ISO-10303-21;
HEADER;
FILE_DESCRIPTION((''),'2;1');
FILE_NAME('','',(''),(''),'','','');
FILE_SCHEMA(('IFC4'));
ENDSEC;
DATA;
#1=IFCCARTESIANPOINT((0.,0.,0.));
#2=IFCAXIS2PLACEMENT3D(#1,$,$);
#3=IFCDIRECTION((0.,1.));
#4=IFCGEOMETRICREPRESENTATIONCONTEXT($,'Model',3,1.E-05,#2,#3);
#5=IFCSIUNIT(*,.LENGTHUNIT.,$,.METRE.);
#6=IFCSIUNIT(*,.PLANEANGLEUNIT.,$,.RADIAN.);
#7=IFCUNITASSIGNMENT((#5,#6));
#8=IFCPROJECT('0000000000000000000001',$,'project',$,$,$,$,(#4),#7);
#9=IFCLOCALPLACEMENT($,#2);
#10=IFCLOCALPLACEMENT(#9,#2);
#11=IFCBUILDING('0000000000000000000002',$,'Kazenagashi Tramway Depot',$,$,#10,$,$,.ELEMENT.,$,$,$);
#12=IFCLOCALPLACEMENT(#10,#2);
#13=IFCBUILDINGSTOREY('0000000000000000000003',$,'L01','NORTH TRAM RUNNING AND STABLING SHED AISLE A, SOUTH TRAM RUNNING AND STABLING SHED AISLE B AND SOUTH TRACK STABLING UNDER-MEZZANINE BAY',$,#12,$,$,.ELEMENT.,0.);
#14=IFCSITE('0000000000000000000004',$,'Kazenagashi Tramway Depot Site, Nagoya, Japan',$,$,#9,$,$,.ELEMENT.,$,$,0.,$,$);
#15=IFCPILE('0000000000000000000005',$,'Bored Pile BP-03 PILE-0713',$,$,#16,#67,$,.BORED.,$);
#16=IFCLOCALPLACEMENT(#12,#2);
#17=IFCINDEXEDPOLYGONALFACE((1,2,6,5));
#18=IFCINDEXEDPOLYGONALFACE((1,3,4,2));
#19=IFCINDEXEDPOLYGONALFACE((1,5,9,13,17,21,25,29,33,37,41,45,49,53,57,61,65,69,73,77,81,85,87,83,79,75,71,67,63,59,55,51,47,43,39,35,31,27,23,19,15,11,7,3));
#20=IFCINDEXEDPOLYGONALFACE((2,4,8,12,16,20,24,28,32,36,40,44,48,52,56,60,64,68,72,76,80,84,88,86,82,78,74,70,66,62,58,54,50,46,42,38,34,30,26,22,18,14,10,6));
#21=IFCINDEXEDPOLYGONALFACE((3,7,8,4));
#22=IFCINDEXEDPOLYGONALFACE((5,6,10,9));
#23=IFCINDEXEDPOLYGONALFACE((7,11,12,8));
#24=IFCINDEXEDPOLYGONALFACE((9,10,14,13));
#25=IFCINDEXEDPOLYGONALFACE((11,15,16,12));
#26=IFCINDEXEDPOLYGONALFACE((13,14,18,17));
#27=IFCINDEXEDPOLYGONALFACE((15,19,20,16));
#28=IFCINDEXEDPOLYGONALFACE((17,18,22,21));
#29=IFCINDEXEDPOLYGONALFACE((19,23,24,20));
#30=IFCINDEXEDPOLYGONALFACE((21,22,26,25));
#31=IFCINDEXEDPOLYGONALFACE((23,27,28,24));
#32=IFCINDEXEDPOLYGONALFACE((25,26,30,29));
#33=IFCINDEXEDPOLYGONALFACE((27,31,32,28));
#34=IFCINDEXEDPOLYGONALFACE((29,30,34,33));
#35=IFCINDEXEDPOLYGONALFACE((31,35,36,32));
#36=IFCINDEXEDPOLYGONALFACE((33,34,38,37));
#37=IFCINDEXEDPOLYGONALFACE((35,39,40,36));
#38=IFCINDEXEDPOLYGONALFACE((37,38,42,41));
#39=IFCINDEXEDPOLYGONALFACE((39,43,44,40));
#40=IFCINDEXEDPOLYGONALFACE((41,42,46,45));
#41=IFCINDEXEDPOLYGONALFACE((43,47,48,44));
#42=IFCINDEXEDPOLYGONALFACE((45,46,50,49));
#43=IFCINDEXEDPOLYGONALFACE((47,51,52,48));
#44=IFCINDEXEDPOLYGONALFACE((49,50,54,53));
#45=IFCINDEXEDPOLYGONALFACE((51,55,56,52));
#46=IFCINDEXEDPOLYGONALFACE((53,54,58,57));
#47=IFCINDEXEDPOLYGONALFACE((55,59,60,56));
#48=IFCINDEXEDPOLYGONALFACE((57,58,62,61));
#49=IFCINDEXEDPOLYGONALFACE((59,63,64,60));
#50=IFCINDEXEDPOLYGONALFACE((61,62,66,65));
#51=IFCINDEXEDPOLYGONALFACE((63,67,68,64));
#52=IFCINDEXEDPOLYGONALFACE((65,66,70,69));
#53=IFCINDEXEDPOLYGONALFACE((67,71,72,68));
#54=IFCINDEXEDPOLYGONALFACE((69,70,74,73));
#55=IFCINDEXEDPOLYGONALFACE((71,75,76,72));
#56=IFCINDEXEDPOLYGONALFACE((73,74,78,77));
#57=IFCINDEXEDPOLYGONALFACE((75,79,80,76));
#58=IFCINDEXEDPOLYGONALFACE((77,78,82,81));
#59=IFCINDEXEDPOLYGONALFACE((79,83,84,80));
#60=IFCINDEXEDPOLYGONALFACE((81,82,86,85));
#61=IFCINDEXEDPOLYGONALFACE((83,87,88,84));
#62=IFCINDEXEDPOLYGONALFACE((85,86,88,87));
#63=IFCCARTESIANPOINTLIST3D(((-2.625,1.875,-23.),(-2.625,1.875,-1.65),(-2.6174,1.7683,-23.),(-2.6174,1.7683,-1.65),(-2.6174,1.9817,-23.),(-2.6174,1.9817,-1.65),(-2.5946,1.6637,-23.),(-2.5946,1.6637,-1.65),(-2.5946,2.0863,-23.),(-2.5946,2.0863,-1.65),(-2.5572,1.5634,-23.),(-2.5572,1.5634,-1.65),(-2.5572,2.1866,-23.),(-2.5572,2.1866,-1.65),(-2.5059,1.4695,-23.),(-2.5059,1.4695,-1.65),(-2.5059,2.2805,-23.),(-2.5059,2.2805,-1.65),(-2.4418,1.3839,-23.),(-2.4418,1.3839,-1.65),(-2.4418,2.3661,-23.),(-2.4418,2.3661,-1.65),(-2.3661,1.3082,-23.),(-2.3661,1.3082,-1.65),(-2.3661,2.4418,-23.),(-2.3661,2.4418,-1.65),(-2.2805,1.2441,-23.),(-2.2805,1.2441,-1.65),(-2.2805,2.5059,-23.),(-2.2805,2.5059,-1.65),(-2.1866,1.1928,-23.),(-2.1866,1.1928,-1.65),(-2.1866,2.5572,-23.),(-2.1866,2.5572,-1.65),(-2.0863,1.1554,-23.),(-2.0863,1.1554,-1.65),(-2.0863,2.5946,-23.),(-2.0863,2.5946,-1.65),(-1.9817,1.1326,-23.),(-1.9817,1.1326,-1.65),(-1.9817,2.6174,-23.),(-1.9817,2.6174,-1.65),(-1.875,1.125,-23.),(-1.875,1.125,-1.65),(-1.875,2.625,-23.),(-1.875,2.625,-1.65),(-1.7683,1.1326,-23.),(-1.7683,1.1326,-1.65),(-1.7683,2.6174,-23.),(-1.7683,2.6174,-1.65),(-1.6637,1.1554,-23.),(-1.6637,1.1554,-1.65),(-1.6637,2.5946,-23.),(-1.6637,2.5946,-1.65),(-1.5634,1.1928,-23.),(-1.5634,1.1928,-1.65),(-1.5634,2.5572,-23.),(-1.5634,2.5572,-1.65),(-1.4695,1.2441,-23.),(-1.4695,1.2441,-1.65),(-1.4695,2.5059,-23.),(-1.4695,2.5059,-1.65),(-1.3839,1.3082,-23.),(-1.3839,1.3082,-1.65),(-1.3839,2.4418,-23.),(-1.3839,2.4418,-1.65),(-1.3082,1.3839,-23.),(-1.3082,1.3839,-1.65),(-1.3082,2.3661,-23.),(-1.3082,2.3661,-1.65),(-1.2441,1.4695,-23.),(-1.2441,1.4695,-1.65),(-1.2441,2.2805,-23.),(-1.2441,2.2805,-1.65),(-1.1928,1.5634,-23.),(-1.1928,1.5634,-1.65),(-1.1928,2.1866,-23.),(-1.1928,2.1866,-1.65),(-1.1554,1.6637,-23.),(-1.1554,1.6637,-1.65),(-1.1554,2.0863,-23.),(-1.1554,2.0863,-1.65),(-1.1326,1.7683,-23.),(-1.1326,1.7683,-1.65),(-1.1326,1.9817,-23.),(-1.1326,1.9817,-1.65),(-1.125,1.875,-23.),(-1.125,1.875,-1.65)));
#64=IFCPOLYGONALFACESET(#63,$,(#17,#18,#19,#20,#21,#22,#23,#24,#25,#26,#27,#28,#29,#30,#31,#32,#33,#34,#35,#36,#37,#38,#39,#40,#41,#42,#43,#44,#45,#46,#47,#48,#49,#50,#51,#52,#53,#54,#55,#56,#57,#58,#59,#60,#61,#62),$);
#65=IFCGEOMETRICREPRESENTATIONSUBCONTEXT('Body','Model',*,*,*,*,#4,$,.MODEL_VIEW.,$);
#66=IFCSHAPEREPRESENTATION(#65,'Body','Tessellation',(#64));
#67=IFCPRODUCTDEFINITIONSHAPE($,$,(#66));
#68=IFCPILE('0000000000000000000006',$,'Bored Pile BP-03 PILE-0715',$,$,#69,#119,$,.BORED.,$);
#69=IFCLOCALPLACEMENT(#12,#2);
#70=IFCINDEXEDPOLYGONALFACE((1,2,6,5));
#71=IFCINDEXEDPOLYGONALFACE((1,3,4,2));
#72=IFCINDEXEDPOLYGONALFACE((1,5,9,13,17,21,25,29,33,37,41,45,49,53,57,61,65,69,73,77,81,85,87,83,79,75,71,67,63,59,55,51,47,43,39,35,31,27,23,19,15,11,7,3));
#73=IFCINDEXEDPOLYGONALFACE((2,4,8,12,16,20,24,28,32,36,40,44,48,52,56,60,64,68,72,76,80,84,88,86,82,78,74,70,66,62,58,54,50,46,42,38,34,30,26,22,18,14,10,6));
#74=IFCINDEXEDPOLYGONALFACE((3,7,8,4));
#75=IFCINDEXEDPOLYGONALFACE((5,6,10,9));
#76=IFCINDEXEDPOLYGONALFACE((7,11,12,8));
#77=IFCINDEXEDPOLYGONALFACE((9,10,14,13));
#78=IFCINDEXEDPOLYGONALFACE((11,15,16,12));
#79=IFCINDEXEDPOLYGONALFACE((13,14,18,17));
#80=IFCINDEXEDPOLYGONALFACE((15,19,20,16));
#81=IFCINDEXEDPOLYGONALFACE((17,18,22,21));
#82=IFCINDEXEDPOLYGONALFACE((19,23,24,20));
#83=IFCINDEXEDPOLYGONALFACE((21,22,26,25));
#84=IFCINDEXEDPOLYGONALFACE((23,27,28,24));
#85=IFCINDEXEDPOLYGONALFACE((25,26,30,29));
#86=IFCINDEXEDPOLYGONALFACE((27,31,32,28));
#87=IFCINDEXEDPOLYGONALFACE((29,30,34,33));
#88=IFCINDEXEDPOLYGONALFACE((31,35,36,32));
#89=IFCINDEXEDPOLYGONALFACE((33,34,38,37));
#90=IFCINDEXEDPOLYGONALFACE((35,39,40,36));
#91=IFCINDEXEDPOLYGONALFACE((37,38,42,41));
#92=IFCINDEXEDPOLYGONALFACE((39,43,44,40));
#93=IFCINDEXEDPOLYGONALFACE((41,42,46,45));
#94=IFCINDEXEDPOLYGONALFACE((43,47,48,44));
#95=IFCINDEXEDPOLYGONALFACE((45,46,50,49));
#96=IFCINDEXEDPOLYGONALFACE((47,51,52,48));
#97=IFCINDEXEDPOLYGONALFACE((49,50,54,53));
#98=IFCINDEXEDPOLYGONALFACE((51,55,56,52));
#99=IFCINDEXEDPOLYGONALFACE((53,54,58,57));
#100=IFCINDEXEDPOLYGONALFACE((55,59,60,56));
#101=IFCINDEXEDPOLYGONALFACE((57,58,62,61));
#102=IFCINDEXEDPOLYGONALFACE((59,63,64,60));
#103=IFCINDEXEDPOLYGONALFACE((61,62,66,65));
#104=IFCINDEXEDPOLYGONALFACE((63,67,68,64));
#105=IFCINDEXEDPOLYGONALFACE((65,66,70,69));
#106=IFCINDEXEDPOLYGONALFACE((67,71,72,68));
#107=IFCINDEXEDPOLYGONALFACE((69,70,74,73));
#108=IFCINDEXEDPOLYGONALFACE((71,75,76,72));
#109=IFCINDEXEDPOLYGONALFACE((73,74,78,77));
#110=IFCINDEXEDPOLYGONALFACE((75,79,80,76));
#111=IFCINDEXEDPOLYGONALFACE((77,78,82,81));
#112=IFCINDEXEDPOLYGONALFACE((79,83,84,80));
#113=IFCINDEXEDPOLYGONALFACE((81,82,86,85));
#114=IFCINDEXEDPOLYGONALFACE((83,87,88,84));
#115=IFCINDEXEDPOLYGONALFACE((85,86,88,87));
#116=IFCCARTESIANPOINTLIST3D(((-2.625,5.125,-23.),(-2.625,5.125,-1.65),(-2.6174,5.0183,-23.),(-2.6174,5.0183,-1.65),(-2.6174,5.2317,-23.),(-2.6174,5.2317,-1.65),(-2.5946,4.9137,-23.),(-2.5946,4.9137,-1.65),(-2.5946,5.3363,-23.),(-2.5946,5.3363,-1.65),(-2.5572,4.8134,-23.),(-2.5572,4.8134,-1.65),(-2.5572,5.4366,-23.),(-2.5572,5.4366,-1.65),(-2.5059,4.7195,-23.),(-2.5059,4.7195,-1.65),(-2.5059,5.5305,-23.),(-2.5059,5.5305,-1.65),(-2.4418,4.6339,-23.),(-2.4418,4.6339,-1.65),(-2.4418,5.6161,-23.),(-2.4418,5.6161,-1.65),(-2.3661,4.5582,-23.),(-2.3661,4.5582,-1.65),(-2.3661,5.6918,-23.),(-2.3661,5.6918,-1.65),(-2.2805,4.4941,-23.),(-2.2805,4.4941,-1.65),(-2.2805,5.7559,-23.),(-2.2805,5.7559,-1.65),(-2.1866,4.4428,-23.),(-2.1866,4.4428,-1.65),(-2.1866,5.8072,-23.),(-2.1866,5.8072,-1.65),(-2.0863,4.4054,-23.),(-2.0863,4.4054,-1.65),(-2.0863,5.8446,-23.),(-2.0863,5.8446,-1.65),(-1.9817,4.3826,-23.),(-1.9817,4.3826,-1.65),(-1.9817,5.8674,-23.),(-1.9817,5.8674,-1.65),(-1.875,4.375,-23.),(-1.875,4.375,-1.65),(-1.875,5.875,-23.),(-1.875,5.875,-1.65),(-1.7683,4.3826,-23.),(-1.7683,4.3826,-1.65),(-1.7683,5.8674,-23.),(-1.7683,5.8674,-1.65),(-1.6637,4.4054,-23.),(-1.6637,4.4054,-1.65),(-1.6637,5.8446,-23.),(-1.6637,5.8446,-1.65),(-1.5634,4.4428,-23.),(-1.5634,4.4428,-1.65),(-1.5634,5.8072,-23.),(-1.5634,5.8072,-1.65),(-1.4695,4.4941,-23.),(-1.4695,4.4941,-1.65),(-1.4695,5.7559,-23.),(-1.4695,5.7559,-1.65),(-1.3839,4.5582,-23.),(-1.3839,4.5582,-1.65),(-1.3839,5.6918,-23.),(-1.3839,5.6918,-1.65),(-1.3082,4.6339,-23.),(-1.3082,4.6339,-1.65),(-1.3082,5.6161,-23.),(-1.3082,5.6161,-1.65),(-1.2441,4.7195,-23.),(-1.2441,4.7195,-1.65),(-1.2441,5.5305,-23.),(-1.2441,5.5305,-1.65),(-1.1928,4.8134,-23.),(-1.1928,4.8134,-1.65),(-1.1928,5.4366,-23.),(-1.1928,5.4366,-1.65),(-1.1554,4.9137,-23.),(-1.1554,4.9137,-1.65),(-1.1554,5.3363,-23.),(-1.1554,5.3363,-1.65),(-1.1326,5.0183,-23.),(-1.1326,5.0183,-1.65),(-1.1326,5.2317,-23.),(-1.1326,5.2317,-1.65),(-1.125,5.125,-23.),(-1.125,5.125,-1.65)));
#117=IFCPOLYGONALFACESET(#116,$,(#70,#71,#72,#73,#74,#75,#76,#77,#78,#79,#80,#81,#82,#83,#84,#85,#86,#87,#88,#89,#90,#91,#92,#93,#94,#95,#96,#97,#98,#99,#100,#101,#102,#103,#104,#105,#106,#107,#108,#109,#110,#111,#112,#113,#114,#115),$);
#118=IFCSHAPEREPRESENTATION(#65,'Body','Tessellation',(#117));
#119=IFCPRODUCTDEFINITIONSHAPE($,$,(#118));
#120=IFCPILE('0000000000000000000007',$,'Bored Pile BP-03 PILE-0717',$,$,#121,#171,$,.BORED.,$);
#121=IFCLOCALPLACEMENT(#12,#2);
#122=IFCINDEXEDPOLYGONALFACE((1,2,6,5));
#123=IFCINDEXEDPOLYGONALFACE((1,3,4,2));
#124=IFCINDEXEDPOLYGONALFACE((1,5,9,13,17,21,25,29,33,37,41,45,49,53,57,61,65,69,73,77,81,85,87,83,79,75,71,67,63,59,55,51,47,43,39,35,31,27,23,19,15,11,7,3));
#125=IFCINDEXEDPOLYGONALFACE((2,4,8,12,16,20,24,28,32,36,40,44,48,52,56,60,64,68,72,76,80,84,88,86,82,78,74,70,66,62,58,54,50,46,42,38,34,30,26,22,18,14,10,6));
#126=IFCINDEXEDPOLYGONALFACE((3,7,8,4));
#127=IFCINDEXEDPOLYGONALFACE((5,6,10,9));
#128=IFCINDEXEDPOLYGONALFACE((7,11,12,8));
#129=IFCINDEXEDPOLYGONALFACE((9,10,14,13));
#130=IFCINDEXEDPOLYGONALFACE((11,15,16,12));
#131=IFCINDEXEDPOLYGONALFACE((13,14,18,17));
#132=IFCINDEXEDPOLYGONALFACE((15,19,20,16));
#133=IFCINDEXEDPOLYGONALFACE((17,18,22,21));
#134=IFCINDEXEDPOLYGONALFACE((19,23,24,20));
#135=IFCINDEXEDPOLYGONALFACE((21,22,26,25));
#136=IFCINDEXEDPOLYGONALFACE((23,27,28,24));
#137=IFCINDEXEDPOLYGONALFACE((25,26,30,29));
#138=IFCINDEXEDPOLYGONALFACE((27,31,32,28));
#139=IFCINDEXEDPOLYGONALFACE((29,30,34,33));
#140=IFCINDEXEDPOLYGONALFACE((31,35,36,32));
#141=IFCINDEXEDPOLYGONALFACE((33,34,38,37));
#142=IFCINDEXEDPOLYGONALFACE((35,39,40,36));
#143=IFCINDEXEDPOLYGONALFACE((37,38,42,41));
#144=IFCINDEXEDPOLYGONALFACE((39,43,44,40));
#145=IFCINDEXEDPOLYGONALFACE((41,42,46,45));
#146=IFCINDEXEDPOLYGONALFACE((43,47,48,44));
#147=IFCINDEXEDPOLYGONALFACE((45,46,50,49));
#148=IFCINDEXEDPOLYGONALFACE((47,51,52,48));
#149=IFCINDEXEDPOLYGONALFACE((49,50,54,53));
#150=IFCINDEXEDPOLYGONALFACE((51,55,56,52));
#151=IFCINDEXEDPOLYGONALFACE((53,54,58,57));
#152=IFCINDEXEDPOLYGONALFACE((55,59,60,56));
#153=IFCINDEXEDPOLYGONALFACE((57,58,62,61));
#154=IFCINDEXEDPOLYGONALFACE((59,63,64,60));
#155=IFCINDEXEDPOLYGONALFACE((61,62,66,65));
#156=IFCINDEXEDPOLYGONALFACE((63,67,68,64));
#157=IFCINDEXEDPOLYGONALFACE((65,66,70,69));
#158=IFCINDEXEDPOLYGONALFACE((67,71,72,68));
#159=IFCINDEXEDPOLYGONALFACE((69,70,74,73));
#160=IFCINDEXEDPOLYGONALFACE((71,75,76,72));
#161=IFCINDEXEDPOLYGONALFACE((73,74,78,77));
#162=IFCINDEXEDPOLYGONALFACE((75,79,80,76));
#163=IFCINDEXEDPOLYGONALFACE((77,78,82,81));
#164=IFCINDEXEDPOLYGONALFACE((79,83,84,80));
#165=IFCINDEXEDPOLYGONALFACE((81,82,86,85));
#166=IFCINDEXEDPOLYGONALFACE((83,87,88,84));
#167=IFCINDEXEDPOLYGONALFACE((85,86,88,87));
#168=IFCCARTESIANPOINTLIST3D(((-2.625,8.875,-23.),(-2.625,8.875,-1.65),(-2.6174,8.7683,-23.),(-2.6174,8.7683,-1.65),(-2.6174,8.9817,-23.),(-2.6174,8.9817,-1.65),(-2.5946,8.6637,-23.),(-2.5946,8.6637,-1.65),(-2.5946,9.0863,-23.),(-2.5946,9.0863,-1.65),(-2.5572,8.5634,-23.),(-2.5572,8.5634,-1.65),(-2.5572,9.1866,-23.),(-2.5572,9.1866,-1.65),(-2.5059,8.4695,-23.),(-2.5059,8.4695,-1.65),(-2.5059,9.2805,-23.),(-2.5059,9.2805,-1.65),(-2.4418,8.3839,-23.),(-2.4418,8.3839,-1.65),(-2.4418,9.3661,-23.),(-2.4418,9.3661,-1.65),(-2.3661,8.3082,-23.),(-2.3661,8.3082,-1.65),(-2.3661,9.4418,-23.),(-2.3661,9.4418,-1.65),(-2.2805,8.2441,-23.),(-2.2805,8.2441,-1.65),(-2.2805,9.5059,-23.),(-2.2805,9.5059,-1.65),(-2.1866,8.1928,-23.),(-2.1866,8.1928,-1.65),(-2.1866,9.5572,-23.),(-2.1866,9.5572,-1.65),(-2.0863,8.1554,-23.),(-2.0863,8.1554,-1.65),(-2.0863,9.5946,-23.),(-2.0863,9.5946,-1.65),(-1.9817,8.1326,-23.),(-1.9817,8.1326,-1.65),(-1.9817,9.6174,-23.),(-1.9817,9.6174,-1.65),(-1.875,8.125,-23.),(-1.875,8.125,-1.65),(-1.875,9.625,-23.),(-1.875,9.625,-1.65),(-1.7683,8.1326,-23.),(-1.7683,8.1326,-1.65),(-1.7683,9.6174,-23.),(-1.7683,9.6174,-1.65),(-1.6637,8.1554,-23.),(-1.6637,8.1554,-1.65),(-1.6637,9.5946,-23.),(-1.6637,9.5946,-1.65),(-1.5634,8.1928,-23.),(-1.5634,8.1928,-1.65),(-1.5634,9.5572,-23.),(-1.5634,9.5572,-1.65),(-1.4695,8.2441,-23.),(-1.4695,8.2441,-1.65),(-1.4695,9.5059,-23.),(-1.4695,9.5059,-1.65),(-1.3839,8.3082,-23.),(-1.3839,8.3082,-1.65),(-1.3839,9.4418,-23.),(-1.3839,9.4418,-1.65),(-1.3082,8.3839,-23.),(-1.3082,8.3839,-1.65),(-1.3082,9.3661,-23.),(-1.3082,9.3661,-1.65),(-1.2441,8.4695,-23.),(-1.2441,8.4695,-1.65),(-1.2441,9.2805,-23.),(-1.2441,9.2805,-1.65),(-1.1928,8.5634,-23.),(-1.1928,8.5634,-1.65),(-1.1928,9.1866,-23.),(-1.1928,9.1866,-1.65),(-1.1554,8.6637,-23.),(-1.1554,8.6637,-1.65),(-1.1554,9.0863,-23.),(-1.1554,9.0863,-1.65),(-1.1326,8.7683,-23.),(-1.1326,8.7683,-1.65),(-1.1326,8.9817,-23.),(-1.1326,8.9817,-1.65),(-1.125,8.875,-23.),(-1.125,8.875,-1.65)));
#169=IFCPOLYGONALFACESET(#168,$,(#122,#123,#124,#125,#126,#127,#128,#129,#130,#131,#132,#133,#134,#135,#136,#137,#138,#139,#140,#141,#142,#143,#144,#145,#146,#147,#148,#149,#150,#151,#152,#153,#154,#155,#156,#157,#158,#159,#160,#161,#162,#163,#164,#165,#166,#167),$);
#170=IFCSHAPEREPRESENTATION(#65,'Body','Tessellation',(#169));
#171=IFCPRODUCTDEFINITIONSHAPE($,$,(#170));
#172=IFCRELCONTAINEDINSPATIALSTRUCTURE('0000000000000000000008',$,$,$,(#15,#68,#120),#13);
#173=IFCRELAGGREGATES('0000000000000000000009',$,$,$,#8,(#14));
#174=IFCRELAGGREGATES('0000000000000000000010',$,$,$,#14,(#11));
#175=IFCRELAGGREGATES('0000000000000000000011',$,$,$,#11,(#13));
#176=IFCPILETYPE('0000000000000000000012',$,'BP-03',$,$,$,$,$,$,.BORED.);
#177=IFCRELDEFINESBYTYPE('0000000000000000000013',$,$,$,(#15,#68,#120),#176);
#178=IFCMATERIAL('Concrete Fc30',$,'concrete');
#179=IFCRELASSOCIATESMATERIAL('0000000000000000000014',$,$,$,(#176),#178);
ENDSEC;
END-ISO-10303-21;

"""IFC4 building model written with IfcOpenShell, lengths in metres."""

from ifc_helpers import new_model, si_unit, direction, frame, origin, origin_2d, place, context, subcontext, project, spatial, circle, extrude, material, material_profile, profile_set, type_object, element, save


model = new_model("IFC4")

# Units and contexts
model_context = context("Model", 3, precision=1e-05, world=origin(), true_north=direction((0.0, 1.0)))
body_context = subcontext(model_context, "Body", "Model", "MODEL_VIEW")
ifc_project = project(units=[si_unit("LENGTHUNIT", "METRE"), si_unit("PLANEANGLEUNIT", "RADIAN")], contexts=[model_context])

# Site, building, storey
site_placement = place(None, origin())
site = spatial("IfcSite", under=ifc_project, at=site_placement, Name="Kazenagashi Tramway Depot Site, Nagoya, Japan", CompositionType="ELEMENT", RefElevation=0.0)
building_placement = place(site_placement, origin())
building = spatial("IfcBuilding", under=site, at=building_placement, Name="Kazenagashi Tramway Depot", CompositionType="ELEMENT")
storey_placement = place(building_placement, origin())
storey = spatial("IfcBuildingStorey", under=building, at=storey_placement, Name="L01", Description="NORTH TRAM RUNNING AND STABLING SHED AISLE A, SOUTH TRAM RUNNING AND STABLING SHED AISLE B AND SOUTH TRACK STABLING UNDER-MEZZANINE BAY", CompositionType="ELEMENT", Elevation=0.0)

# Piles
ifc_material_1 = material(Name="Concrete Fc30", Category="concrete")
ifc_material_profile = material_profile(ifc_material_1, circle(Radius=0.75, at=origin_2d()), Name="PILE-1500")
ifc_profile_set = profile_set([ifc_material_profile], Name="Concrete Fc30")
pile_type = type_object("IfcPileType", Name="BP-03", PredefinedType="BORED", material=ifc_profile_set)
for number, where, z_axis, x_axis, name in (
    (1, (-1.875, 1.875, -1.65), (0.0, 0.0, -1.0), (1.0, 0.0, 0.0), "Bored Pile BP-03 PILE-0713"),
    (2, (-1.875, 5.125, -1.65), (0.0, 0.0, -1.0), (1.0, 0.0, 0.0), "Bored Pile BP-03 PILE-0715"),
    (3, (-1.875, 8.875, -1.65), (0.0, 0.0, -1.0), (1.0, 0.0, 0.0), "Bored Pile BP-03 PILE-0717"),
):
    element("IfcPile", number, at=place(storey_placement, frame(where, z_axis=z_axis, x_axis=x_axis)), inside=storey, type_object=pile_type, Name=name, PredefinedType="BORED", context=body_context, shape_type="SweptSolid", body=[
        extrude(circle(Radius=0.75, at=origin_2d()), origin(), (0.0, 0.0, 1.0), 21.35),
    ])

save(model, "model.ifc")
